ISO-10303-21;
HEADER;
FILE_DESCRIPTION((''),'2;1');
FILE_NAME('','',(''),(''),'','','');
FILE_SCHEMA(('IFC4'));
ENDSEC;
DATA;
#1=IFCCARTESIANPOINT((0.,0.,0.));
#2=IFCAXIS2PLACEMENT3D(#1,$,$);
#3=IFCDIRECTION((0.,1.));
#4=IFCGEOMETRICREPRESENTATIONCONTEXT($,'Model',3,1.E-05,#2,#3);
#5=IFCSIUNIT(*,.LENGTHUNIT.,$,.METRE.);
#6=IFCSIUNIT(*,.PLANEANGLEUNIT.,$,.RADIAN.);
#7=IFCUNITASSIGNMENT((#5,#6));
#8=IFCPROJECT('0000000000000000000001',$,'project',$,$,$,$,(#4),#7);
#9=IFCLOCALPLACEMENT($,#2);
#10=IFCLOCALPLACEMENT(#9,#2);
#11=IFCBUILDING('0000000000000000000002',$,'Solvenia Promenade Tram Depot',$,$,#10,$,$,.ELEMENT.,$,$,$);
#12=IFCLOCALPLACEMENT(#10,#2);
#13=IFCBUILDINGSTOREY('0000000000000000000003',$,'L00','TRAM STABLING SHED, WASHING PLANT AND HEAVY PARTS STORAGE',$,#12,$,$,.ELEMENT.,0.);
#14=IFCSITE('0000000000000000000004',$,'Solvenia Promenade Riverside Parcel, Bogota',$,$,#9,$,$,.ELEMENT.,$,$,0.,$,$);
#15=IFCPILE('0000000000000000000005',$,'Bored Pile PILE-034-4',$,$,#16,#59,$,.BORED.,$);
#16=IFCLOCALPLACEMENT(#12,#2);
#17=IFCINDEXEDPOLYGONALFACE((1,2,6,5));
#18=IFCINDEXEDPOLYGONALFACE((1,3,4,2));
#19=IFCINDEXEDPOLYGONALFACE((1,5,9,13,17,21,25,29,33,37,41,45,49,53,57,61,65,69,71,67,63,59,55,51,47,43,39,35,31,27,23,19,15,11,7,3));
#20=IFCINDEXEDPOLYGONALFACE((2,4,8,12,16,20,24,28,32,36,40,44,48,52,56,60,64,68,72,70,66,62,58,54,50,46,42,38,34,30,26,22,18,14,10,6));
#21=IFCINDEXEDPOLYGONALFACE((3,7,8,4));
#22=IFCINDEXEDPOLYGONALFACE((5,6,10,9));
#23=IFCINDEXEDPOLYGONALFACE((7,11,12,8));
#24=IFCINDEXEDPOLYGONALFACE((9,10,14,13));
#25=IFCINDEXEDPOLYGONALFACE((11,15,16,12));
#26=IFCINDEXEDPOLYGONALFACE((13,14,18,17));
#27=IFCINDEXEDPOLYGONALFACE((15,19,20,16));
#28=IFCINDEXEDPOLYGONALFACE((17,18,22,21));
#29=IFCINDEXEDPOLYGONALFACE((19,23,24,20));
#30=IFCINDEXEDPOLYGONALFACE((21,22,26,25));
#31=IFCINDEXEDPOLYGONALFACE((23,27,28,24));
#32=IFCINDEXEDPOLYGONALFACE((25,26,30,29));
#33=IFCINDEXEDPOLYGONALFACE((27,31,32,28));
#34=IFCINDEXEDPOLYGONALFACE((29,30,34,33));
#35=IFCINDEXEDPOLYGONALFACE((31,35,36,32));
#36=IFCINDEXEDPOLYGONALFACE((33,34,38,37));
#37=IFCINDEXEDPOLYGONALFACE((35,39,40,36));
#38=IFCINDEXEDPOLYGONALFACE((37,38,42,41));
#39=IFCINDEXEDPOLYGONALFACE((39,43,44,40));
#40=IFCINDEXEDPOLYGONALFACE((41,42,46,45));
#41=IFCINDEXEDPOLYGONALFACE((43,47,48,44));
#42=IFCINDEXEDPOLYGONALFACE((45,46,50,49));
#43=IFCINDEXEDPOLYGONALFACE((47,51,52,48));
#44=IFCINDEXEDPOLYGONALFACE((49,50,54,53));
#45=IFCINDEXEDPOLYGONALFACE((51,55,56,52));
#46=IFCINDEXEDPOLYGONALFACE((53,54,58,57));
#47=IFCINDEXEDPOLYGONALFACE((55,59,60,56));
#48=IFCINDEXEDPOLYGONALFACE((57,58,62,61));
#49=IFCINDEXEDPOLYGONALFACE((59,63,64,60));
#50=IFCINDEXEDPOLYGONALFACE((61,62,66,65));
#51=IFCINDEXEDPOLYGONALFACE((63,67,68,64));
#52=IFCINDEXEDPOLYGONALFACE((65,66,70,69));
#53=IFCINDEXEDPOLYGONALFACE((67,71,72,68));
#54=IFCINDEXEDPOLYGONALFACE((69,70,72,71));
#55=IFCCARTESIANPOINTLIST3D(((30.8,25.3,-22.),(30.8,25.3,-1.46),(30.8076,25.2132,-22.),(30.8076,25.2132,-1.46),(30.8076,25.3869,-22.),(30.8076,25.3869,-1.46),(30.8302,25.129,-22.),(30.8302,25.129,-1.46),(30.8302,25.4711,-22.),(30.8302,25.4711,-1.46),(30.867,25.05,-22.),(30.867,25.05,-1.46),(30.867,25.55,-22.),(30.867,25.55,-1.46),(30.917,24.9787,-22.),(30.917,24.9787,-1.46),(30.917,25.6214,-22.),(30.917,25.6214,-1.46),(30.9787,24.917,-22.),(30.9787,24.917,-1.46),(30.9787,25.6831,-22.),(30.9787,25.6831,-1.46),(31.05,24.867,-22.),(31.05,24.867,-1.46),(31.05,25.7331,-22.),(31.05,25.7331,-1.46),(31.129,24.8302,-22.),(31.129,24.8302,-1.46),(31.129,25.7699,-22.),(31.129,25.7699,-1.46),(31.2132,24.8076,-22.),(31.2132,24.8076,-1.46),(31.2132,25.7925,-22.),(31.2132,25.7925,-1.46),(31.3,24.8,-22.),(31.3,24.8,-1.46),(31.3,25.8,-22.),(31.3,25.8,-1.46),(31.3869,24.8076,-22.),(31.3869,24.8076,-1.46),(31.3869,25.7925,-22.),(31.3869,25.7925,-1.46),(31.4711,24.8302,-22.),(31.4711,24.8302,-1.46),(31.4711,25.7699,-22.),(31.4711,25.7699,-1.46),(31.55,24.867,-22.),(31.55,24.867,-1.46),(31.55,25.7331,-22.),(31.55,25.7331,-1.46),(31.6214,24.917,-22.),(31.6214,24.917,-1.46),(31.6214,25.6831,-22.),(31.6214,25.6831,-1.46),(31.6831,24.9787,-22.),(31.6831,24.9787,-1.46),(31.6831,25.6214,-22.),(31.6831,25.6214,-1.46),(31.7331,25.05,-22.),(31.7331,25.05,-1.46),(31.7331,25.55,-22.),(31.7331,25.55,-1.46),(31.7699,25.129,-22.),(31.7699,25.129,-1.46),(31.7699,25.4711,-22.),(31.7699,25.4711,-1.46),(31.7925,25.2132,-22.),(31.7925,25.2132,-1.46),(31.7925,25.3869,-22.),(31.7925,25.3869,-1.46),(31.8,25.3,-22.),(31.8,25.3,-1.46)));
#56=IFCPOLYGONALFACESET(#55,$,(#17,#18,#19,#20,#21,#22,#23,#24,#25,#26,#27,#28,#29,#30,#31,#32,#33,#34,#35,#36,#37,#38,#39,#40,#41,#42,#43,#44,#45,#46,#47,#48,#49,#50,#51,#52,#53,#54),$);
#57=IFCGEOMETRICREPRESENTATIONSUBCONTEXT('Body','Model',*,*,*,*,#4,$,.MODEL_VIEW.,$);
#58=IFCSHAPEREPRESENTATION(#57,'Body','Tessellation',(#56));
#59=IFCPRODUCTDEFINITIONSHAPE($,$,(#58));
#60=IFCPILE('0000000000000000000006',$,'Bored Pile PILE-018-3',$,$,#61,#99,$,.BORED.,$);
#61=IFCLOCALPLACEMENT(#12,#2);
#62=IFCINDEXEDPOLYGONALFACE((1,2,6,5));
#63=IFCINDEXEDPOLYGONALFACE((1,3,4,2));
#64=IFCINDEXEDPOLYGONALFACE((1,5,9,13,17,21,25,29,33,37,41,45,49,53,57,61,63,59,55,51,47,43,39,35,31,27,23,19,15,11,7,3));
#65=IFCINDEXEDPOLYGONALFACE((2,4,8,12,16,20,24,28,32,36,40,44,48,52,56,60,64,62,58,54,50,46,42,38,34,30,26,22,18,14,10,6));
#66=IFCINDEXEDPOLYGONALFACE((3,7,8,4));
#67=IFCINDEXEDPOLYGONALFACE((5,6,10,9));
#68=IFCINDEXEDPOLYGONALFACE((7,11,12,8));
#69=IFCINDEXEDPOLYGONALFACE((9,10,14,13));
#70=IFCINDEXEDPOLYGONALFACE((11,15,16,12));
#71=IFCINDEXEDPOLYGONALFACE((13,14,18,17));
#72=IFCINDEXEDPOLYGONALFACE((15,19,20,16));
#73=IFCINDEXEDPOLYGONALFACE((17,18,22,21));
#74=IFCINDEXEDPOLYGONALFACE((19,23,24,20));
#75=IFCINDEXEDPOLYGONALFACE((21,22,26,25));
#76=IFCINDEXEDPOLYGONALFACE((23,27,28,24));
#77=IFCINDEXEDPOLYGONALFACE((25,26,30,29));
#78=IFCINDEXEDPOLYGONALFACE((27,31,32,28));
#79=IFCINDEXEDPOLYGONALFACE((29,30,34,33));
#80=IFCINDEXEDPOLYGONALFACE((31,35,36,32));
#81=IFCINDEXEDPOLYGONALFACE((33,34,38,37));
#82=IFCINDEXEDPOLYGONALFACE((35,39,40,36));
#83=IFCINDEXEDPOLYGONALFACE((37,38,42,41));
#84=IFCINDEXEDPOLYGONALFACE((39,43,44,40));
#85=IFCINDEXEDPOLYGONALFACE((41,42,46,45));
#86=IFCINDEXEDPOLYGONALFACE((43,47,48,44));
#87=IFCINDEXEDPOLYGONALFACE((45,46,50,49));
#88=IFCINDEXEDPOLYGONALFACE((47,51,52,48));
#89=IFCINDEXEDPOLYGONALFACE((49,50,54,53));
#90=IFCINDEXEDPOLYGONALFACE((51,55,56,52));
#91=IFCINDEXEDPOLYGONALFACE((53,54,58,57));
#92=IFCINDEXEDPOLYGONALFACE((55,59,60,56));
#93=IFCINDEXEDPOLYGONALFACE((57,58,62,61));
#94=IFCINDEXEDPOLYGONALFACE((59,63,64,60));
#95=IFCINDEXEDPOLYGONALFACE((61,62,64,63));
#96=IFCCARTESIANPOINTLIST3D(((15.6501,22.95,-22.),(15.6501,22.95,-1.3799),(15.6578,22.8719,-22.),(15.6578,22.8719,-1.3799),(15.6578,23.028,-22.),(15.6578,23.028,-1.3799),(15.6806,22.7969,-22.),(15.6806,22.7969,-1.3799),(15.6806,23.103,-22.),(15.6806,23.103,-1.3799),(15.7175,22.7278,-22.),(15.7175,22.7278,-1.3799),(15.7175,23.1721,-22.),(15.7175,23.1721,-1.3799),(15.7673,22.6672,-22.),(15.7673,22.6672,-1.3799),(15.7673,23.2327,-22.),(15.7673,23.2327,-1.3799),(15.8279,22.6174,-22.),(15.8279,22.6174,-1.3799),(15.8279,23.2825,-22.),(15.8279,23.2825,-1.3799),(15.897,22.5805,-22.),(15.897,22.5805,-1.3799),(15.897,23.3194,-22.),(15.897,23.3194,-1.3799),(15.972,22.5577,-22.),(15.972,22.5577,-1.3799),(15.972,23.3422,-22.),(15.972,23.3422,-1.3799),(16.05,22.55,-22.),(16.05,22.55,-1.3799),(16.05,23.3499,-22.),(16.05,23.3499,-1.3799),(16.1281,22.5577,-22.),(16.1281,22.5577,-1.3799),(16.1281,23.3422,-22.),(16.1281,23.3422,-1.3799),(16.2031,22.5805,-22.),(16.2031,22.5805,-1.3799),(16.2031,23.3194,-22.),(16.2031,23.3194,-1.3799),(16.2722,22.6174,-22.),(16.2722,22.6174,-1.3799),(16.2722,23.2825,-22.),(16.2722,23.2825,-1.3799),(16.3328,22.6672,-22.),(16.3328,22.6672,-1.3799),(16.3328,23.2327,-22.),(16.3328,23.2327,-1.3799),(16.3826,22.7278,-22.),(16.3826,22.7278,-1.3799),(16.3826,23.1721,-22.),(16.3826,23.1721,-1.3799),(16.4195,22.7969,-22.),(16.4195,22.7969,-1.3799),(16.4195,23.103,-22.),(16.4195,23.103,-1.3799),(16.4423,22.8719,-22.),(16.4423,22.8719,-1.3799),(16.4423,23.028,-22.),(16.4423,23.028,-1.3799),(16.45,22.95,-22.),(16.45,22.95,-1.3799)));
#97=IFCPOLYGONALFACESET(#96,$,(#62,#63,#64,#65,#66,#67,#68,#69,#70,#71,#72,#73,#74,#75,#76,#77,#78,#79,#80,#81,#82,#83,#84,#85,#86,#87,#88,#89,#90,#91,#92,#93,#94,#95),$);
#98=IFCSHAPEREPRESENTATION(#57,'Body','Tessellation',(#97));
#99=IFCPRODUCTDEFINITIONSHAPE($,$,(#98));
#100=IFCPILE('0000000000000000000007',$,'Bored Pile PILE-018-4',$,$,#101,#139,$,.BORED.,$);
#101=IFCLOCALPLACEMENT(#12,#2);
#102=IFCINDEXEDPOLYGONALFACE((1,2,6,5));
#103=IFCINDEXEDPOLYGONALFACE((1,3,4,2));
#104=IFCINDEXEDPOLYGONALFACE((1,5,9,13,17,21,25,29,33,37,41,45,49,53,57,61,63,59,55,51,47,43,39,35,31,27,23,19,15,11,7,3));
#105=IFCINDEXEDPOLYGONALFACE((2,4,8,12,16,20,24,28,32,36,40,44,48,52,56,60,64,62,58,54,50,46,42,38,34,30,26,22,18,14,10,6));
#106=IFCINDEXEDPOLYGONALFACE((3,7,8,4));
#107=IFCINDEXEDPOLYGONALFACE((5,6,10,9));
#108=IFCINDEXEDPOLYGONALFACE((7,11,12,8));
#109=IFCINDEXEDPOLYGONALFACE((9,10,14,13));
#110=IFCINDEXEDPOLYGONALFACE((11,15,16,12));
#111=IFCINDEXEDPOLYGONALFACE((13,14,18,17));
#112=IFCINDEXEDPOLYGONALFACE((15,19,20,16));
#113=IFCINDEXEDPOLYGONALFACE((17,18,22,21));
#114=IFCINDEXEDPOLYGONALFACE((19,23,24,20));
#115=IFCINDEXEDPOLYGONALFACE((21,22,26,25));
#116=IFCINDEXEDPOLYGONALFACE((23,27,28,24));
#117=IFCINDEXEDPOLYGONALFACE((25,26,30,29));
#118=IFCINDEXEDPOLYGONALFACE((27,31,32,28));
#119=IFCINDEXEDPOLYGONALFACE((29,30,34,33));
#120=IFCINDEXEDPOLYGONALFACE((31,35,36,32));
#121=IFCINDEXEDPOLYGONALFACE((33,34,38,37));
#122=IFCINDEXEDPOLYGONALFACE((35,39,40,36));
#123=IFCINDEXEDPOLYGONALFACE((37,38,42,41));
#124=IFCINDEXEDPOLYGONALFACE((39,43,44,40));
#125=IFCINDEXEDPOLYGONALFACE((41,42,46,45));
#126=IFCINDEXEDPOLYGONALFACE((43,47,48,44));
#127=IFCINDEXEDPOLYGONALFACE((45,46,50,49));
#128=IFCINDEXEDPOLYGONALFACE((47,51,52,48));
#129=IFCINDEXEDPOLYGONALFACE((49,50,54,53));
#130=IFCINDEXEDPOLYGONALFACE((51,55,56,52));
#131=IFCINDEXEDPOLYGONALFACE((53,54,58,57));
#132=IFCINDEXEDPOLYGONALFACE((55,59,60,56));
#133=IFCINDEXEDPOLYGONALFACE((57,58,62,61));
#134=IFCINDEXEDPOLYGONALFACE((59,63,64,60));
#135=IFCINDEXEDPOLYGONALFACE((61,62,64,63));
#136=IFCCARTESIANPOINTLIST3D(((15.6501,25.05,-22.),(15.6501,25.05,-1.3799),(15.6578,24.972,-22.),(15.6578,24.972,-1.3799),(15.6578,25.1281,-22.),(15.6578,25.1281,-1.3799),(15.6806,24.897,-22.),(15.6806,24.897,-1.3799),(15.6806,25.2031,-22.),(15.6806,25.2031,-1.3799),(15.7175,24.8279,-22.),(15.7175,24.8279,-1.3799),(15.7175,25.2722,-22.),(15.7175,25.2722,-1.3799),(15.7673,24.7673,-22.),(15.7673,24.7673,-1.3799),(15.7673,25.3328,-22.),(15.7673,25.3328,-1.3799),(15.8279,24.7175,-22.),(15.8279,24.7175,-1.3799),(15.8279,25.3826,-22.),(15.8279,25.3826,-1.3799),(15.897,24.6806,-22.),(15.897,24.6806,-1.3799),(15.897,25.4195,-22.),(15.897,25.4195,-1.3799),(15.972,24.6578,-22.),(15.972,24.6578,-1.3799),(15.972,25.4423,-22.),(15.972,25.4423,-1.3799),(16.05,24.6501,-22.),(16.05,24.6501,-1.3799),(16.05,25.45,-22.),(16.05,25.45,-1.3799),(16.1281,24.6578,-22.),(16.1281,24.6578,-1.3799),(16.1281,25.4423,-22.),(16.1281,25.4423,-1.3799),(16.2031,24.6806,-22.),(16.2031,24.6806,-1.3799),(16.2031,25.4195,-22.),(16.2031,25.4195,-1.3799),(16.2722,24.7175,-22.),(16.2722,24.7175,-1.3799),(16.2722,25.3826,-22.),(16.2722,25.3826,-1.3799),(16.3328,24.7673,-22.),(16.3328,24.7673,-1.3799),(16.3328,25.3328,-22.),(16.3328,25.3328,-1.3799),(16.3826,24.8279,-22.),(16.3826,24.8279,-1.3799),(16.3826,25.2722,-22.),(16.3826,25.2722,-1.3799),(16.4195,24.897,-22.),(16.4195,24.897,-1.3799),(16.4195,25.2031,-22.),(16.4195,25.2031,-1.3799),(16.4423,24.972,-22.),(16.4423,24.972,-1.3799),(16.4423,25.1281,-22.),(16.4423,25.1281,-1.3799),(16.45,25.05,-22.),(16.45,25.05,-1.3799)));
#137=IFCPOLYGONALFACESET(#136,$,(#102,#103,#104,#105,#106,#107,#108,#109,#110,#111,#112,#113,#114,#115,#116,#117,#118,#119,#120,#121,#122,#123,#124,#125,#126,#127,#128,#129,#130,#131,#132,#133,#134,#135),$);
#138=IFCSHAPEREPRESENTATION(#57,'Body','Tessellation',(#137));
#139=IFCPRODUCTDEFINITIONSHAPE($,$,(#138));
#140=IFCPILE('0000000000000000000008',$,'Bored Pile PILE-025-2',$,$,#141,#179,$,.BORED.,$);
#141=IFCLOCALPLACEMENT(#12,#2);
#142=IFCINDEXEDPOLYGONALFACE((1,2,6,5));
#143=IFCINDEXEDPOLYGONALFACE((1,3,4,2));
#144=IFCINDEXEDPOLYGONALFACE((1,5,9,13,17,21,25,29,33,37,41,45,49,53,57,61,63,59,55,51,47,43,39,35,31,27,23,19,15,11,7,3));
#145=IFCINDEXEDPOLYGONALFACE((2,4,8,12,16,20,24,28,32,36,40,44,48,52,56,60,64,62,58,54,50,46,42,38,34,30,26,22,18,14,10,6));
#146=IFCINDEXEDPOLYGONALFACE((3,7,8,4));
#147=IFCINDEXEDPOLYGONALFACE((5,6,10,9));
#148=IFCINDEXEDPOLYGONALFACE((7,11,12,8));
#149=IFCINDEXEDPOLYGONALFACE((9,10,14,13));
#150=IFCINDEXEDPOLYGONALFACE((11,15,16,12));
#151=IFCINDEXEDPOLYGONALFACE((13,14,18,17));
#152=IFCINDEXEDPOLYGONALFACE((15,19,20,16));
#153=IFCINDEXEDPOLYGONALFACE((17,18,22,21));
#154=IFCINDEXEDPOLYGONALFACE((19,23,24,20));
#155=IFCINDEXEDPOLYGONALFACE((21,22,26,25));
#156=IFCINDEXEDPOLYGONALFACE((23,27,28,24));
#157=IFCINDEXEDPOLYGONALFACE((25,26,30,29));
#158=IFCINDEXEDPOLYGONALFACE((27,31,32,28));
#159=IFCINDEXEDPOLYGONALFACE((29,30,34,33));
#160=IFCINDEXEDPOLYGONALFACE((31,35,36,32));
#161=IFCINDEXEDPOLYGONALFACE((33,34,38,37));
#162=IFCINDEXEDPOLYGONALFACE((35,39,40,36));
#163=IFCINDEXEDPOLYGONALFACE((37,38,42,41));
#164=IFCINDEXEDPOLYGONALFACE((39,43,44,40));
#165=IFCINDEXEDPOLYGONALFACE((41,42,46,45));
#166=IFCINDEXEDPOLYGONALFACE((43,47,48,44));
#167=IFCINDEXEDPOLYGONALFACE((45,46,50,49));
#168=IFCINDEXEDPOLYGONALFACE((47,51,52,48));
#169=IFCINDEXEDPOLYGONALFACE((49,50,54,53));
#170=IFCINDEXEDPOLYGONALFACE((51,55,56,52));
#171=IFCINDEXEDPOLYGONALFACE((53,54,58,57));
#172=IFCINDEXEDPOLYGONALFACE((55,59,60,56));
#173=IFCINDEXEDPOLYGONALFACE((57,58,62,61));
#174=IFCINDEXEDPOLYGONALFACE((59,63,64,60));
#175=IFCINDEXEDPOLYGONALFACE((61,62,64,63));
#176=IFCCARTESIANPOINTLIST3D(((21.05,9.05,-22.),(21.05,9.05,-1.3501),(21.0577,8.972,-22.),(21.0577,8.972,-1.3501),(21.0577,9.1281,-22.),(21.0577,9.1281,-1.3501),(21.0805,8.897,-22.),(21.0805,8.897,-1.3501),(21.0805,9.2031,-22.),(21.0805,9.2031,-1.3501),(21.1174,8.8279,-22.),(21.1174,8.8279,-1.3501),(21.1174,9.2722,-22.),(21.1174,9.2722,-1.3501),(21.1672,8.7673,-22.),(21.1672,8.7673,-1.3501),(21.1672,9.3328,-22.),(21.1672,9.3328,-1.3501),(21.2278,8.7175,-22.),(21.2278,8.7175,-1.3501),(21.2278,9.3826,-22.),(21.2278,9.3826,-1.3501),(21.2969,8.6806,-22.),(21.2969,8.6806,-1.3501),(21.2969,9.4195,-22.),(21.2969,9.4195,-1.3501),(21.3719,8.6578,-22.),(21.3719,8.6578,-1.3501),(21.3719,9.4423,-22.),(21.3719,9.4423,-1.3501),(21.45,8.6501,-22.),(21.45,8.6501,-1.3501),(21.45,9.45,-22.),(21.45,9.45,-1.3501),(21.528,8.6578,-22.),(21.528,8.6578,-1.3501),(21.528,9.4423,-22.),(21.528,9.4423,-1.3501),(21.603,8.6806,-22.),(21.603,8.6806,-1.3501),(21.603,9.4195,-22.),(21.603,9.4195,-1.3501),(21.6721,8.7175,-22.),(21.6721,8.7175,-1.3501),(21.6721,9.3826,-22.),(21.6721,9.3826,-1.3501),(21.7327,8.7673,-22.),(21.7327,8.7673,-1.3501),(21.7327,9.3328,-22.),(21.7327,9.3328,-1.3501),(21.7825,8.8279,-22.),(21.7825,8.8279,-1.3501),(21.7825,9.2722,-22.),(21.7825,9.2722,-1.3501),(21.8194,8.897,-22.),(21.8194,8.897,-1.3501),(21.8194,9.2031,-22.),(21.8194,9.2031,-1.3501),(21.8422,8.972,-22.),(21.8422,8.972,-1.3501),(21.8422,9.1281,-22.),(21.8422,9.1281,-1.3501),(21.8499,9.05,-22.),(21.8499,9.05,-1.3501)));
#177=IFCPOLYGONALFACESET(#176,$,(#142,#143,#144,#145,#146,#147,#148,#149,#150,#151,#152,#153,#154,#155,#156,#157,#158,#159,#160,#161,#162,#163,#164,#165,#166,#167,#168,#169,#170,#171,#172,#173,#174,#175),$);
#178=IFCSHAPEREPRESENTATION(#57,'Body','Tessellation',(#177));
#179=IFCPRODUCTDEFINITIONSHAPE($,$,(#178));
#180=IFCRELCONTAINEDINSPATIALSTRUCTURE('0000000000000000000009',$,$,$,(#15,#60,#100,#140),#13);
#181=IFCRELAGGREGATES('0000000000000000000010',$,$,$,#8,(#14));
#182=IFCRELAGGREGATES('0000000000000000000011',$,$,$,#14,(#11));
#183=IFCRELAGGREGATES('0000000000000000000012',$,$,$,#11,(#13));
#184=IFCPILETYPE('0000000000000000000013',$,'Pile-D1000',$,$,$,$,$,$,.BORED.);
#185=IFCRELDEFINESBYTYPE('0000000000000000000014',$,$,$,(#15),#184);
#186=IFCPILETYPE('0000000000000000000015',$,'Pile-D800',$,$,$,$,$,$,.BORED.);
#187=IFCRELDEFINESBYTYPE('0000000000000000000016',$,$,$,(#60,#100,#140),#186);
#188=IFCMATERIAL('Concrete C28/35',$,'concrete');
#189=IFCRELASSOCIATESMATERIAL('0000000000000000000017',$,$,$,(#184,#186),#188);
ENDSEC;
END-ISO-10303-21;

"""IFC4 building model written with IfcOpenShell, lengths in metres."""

from ifc_helpers import new_model, si_unit, direction, frame, origin, origin_2d, place, context, subcontext, project, spatial, circle, extrude, material, material_profile, profile_set, type_object, element, save


model = new_model("IFC4")

# Units and contexts
model_context = context("Model", 3, precision=1e-05, world=origin(), true_north=direction((0.0, 1.0)))
body_context = subcontext(model_context, "Body", "Model", "MODEL_VIEW")
ifc_project = project(units=[si_unit("LENGTHUNIT", "METRE"), si_unit("PLANEANGLEUNIT", "RADIAN")], contexts=[model_context])

# Site, building, storey
site_placement = place(None, origin())
site = spatial("IfcSite", under=ifc_project, at=site_placement, Name="Solvenia Promenade Riverside Parcel, Bogota", CompositionType="ELEMENT", RefElevation=0.0)
building_placement = place(site_placement, origin())
building = spatial("IfcBuilding", under=site, at=building_placement, Name="Solvenia Promenade Tram Depot", CompositionType="ELEMENT")
storey_placement = place(building_placement, origin())
storey = spatial("IfcBuildingStorey", under=building, at=storey_placement, Name="L00", Description="TRAM STABLING SHED, WASHING PLANT AND HEAVY PARTS STORAGE", CompositionType="ELEMENT", Elevation=0.0)

# Shared definitions
ifc_material_1 = material(Name="Concrete C28/35", Category="concrete")

# Piles
ifc_material_profile_1 = material_profile(ifc_material_1, circle(Radius=0.5, at=origin_2d()), Name="D1000", Category="concrete")
ifc_profile_set_1 = profile_set([ifc_material_profile_1], Name="Concrete C28/35")
pile_type_1 = type_object("IfcPileType", Name="Pile-D1000", PredefinedType="BORED", material=ifc_profile_set_1)
for number, where, z_axis, x_axis, name in (
    (1, (31.3, 25.3, -1.46), (0.0, 0.0, -1.0), (1.0, 0.0, 0.0), "Bored Pile PILE-034-4"),
):
    element("IfcPile", number, at=place(storey_placement, frame(where, z_axis=z_axis, x_axis=x_axis)), inside=storey, type_object=pile_type_1, Name=name, PredefinedType="BORED", context=body_context, shape_type="SweptSolid", body=[
        extrude(circle(Radius=0.5, at=origin_2d()), origin(), (0.0, 0.0, 1.0), 20.54),
    ])
ifc_material_profile_2 = material_profile(ifc_material_1, circle(Radius=0.3999, at=origin_2d()), Name="D800", Category="concrete")
ifc_profile_set_2 = profile_set([ifc_material_profile_2], Name="Concrete C28/35")
pile_type_2 = type_object("IfcPileType", Name="Pile-D800", PredefinedType="BORED", material=ifc_profile_set_2)
for number, where, z_axis, x_axis, name in (
    (2, (16.05, 22.95, -1.3799), (0.0, 0.0, -1.0), (1.0, 0.0, 0.0), "Bored Pile PILE-018-3"),
    (3, (16.05, 25.05, -1.3799), (0.0, 0.0, -1.0), (1.0, 0.0, 0.0), "Bored Pile PILE-018-4"),
):
    element("IfcPile", number, at=place(storey_placement, frame(where, z_axis=z_axis, x_axis=x_axis)), inside=storey, type_object=pile_type_2, Name=name, PredefinedType="BORED", context=body_context, shape_type="SweptSolid", body=[
        extrude(circle(Radius=0.3999, at=origin_2d()), origin(), (0.0, 0.0, 1.0), 20.6201),
    ])
for number, where, z_axis, x_axis, name in (
    (4, (21.45, 9.05, -1.3501), (0.0, 0.0, -1.0), (1.0, 0.0, 0.0), "Bored Pile PILE-025-2"),
):
    element("IfcPile", number, at=place(storey_placement, frame(where, z_axis=z_axis, x_axis=x_axis)), inside=storey, type_object=pile_type_2, Name=name, PredefinedType="BORED", context=body_context, shape_type="SweptSolid", body=[
        extrude(circle(Radius=0.3999, at=origin_2d()), origin(), (0.0, 0.0, 1.0), 20.6499),
    ])

save(model, "model.ifc")
